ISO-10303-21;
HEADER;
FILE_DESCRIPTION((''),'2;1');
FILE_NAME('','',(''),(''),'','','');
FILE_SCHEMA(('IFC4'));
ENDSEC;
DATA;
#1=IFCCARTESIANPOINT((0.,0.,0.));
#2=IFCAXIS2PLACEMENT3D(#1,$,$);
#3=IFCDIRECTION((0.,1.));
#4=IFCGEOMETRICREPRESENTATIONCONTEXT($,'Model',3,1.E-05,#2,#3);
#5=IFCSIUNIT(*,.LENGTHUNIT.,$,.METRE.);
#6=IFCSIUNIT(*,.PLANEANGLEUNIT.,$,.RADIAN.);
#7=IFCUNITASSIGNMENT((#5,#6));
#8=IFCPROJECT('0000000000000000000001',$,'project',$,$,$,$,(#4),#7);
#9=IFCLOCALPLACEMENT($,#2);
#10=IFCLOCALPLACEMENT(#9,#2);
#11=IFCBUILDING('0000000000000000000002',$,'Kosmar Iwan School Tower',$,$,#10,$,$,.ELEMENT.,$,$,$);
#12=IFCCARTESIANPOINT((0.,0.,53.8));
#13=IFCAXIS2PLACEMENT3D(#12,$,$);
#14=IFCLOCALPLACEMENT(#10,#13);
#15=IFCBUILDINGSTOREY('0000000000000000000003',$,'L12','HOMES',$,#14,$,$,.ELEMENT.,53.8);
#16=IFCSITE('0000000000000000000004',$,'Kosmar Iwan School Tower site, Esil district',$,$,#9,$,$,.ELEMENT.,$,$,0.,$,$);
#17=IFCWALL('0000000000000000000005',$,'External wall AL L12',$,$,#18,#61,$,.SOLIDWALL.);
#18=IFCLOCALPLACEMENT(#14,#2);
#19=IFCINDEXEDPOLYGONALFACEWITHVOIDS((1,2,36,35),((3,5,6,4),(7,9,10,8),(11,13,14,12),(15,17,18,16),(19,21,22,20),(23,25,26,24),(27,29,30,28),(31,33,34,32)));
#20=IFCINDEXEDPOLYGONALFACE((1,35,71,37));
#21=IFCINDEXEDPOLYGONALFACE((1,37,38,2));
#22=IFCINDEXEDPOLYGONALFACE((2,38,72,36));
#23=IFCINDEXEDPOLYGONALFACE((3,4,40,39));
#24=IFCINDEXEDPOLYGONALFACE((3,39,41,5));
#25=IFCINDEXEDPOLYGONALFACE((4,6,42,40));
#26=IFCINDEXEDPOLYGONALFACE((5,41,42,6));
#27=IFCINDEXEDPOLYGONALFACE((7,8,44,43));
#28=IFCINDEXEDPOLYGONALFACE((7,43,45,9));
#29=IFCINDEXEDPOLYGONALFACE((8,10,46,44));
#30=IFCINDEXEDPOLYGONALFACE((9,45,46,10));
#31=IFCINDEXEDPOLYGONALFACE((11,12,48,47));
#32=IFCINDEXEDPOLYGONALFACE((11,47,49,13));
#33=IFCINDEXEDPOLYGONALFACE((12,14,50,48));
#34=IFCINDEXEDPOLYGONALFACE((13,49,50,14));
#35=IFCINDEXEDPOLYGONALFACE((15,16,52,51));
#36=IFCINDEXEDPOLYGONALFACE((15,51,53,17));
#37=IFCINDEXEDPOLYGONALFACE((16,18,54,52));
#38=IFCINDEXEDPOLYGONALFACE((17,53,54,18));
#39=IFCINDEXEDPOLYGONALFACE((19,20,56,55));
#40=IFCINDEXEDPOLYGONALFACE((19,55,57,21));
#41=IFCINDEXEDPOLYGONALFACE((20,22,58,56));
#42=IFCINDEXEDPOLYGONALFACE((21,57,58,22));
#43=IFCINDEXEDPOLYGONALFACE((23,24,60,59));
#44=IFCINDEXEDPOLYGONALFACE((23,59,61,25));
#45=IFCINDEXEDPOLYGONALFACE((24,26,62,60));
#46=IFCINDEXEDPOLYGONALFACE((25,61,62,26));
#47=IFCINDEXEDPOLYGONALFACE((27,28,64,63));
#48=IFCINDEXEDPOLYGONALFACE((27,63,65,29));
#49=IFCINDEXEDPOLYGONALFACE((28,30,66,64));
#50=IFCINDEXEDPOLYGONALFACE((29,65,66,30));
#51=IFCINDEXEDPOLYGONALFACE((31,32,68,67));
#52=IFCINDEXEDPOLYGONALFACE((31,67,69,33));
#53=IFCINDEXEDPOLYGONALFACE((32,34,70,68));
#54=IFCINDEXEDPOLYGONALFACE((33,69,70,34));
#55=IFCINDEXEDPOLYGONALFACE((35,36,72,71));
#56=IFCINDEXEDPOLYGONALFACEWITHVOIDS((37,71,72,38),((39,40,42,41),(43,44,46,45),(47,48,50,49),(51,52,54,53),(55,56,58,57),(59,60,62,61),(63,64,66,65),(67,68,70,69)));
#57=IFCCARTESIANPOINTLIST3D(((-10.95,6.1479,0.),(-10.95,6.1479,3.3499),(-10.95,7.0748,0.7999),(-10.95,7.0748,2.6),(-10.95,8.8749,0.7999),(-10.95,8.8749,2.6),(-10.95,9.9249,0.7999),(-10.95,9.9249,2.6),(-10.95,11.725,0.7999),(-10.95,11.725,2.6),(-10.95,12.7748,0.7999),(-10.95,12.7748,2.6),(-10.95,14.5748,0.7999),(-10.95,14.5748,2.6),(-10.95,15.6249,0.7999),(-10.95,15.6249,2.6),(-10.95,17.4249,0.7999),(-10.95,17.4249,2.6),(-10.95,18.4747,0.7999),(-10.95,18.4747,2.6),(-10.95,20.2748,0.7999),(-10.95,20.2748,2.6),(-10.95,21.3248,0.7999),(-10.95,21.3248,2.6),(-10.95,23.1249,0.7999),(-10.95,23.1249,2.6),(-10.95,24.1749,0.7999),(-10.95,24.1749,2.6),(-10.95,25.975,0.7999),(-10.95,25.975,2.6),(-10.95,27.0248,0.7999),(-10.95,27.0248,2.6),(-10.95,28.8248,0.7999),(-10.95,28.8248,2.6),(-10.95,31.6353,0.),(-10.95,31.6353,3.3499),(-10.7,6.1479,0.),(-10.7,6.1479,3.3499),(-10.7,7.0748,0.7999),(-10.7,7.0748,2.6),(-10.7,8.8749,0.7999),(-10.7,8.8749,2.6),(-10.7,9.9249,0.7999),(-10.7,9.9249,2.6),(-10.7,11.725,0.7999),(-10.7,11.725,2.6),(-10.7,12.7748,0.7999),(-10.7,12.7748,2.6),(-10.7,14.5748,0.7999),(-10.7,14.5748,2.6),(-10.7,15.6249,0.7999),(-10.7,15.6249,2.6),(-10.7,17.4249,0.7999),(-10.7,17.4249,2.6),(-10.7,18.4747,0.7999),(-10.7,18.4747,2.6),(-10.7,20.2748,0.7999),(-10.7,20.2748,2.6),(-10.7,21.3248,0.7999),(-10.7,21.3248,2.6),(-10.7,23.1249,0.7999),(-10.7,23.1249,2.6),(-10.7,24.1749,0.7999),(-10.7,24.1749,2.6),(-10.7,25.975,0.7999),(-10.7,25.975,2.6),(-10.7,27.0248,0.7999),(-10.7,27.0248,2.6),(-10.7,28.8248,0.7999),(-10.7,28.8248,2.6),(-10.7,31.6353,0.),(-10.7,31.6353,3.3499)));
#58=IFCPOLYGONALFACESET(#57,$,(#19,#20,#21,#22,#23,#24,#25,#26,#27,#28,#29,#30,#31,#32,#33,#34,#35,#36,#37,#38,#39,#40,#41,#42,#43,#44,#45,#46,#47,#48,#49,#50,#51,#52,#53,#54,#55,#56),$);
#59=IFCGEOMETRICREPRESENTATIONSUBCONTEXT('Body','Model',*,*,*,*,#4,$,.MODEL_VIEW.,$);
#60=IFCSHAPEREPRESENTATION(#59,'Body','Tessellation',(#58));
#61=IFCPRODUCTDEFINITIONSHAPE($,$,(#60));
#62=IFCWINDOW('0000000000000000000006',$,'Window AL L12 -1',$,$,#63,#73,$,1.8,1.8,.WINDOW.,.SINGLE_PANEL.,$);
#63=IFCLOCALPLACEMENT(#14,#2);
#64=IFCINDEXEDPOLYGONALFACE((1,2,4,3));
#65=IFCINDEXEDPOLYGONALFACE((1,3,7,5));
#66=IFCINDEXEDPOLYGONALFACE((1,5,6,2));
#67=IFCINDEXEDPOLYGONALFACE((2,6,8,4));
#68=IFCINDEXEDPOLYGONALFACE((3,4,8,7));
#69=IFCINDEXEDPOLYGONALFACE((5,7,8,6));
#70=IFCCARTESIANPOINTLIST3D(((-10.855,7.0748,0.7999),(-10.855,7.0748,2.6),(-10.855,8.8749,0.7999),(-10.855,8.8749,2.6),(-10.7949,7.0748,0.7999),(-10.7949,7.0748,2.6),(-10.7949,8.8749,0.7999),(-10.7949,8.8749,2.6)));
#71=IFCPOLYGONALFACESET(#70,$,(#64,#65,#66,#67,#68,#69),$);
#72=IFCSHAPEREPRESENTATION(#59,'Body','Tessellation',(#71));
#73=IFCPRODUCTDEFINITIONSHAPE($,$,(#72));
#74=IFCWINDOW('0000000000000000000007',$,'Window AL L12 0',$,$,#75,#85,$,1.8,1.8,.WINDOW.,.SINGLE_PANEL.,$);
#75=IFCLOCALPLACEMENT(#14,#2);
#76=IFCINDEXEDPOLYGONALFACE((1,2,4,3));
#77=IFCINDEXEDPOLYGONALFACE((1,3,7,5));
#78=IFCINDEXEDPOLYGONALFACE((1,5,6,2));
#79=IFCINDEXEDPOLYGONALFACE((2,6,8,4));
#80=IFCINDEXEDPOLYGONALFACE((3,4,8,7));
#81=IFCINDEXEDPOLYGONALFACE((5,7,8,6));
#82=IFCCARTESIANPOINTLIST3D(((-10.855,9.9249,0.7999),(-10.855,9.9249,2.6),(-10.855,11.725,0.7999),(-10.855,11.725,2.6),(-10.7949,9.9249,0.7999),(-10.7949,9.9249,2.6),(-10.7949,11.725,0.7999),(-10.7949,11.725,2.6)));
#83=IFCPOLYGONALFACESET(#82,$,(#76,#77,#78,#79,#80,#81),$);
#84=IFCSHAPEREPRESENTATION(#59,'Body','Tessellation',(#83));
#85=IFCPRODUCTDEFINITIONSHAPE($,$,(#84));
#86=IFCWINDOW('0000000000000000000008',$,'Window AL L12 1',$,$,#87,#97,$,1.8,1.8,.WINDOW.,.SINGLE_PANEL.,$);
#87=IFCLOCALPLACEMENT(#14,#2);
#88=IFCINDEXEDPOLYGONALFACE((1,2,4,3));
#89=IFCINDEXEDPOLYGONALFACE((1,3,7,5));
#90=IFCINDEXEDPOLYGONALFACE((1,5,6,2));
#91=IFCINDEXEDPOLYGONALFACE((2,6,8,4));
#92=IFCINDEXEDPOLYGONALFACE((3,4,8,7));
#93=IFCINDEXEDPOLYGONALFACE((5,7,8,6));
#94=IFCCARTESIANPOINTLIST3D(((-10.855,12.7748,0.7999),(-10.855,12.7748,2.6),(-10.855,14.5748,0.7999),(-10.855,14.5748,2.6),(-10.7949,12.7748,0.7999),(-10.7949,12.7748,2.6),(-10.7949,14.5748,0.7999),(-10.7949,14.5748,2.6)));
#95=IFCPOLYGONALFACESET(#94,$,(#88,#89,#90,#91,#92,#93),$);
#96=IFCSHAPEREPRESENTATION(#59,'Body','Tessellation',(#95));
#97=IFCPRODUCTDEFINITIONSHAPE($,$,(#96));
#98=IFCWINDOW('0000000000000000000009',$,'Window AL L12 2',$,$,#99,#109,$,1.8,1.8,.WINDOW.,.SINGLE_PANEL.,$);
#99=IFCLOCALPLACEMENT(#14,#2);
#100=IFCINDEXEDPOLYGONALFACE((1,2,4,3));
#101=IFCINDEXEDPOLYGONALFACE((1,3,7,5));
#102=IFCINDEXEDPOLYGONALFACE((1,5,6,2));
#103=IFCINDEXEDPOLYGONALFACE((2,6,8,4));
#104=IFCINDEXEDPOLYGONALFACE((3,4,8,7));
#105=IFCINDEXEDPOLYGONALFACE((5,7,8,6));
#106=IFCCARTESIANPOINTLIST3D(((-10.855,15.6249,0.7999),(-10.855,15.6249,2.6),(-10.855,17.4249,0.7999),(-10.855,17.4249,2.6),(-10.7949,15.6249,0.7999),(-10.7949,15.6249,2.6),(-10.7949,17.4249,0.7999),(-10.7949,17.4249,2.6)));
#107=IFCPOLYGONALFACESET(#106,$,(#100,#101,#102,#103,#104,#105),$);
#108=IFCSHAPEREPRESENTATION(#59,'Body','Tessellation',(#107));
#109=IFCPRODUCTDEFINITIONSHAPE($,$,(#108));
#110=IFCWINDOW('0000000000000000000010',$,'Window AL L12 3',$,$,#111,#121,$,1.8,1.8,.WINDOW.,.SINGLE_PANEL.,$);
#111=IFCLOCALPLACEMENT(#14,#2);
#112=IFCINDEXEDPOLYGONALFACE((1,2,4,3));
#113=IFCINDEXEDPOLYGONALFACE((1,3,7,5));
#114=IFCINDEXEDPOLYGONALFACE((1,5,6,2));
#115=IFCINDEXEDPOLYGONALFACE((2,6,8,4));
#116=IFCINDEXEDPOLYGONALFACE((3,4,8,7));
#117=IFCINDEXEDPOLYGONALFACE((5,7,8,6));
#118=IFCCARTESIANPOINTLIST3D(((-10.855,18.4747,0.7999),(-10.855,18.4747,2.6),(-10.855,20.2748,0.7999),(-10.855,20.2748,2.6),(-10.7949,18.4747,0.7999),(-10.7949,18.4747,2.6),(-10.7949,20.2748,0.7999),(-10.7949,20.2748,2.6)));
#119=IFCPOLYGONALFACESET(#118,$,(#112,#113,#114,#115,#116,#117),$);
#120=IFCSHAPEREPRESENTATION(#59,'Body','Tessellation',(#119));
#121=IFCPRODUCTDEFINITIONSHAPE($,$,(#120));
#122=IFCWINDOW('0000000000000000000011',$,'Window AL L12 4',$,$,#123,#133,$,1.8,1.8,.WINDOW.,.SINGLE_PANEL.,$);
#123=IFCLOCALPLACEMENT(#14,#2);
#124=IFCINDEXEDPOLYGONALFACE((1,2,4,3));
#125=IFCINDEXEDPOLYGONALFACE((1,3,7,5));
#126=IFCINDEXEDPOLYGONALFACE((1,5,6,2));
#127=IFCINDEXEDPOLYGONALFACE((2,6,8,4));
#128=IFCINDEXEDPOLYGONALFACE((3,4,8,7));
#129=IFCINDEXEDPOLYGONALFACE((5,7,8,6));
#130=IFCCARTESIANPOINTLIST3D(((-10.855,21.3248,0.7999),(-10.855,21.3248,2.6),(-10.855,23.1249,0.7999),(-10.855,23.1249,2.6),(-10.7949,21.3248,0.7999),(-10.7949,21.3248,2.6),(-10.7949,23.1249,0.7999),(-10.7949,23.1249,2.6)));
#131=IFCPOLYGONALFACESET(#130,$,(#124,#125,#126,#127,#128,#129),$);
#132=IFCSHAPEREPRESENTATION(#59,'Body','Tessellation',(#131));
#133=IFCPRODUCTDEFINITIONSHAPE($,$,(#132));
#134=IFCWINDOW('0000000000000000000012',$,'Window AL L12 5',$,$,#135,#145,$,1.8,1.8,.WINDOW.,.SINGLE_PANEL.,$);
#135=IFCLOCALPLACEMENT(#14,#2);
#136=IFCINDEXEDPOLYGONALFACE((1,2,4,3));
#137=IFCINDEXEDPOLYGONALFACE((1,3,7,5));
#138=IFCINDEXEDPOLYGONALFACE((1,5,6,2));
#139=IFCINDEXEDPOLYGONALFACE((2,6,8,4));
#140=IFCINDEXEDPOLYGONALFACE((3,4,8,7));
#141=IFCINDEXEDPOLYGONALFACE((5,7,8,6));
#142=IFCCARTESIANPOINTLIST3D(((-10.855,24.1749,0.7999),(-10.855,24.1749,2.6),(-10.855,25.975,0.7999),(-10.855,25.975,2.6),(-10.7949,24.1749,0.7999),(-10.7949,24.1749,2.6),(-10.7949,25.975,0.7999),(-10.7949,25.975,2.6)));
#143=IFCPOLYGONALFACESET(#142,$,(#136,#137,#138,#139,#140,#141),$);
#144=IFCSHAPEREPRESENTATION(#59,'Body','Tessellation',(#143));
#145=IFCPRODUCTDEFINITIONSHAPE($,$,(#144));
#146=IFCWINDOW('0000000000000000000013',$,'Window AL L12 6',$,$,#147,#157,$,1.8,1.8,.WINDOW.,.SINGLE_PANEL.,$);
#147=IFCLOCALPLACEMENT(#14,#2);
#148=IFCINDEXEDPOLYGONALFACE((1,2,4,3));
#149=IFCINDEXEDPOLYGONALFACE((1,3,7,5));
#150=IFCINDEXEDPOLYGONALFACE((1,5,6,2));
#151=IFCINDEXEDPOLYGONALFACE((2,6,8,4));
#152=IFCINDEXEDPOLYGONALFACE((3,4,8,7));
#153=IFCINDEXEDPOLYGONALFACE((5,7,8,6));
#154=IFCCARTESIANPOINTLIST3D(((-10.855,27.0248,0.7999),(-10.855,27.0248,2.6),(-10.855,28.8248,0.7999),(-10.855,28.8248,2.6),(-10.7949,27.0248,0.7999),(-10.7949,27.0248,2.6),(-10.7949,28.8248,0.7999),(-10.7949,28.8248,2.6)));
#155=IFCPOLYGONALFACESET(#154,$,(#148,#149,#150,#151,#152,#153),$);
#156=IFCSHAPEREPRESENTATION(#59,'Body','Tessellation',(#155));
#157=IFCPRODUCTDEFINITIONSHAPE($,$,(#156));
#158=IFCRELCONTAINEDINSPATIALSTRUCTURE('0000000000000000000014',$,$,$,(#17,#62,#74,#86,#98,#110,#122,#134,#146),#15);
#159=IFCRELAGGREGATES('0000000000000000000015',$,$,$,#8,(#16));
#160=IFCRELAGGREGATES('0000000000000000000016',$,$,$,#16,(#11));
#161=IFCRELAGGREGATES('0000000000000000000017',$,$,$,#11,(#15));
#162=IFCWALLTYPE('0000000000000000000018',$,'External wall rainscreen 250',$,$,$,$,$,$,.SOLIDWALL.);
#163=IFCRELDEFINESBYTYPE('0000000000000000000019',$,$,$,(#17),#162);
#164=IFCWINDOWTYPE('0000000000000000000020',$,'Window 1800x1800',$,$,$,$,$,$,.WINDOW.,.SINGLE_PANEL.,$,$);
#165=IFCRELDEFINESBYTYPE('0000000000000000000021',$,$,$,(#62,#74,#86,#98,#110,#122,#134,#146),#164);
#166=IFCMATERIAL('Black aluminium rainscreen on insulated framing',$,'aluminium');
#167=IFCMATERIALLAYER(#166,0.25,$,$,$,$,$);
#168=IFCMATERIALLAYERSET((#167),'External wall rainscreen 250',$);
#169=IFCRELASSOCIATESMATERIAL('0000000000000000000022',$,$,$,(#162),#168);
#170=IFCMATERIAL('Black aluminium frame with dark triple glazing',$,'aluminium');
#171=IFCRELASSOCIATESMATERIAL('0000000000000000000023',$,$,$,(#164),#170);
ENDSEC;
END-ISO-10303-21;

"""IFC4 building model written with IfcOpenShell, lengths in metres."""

from ifc_helpers import new_model, si_unit, direction, frame, frame_2d, origin, place, context, subcontext, project, spatial, rectangle, extrude, material, layer, layer_set, type_object, element, fill, save


model = new_model("IFC4")

# Units and contexts
model_context = context("Model", 3, precision=1e-05, world=origin(), true_north=direction((0.0, 1.0)))
body_context = subcontext(model_context, "Body", "Model", "MODEL_VIEW")
ifc_project = project(units=[si_unit("LENGTHUNIT", "METRE"), si_unit("PLANEANGLEUNIT", "RADIAN")], contexts=[model_context])

# Site, building, storey
site_placement = place(None, origin())
site = spatial("IfcSite", under=ifc_project, at=site_placement, Name="Kosmar Iwan School Tower site, Esil district", CompositionType="ELEMENT", RefElevation=0.0)
building_placement = place(site_placement, origin())
building = spatial("IfcBuilding", under=site, at=building_placement, Name="Kosmar Iwan School Tower", CompositionType="ELEMENT")
storey_placement = place(building_placement, frame((0.0, 0.0, 53.8)))
storey = spatial("IfcBuildingStorey", under=building, at=storey_placement, Name="L12", Description="HOMES", CompositionType="ELEMENT", Elevation=53.8)

# Wall, openings, windows
ifc_material_1 = material(Name="Black aluminium rainscreen on insulated framing", Category="aluminium")
ifc_layer = layer(ifc_material_1, 0.25)
ifc_layer_set = layer_set([ifc_layer], Name="External wall rainscreen 250")
wall_type = type_object("IfcWallType", Name="External wall rainscreen 250", PredefinedType="SOLIDWALL", material=ifc_layer_set)
wall_1_placement = place(storey_placement, frame((-10.825, 6.1479, 0.0), z_axis=(0.0, 0.0, 1.0), x_axis=(0.0, 1.0, 0.0)))
wall_1 = element("IfcWall", 1, at=wall_1_placement, inside=storey, type_object=wall_type, Name="External wall AL L12", PredefinedType="SOLIDWALL", context=body_context, shape_type="SweptSolid", body=[
    extrude(rectangle(XDim=25.4873, YDim=0.25, at=frame_2d((12.7437, 0.0))), origin(), (0.0, 0.0, 1.0), 3.3499),
])
opening_1_placement = place(wall_1_placement, frame((0.927, 0.0, 0.8)))
opening_1 = element("IfcOpeningElement", 2, at=opening_1_placement, cuts=wall_1, PredefinedType="OPENING", context=body_context, shape_type="SweptSolid", body=[
    extrude(rectangle(XDim=1.8, YDim=1.8, at=frame_2d((0.8999, 0.8999))), frame((0.0, 0.137, 0.0), z_axis=(0.0, -1.0, 0.0), x_axis=(1.0, 0.0, 0.0)), (0.0, 0.0, 1.0), 0.2739),
])
opening_2_placement = place(wall_1_placement, frame((3.7771, 0.0, 0.8)))
opening_2 = element("IfcOpeningElement", 3, at=opening_2_placement, cuts=wall_1, PredefinedType="OPENING", context=body_context, shape_type="SweptSolid", body=[
    extrude(rectangle(XDim=1.8, YDim=1.8, at=frame_2d((0.8999, 0.8999))), frame((0.0, 0.137, 0.0), z_axis=(0.0, -1.0, 0.0), x_axis=(1.0, 0.0, 0.0)), (0.0, 0.0, 1.0), 0.2739),
])
opening_3_placement = place(wall_1_placement, frame((6.627, 0.0, 0.8)))
opening_3 = element("IfcOpeningElement", 4, at=opening_3_placement, cuts=wall_1, PredefinedType="OPENING", context=body_context, shape_type="SweptSolid", body=[
    extrude(rectangle(XDim=1.8, YDim=1.8, at=frame_2d((0.8999, 0.8999))), frame((0.0, 0.137, 0.0), z_axis=(0.0, -1.0, 0.0), x_axis=(1.0, 0.0, 0.0)), (0.0, 0.0, 1.0), 0.2739),
])
opening_4_placement = place(wall_1_placement, frame((9.4771, 0.0, 0.8)))
opening_4 = element("IfcOpeningElement", 5, at=opening_4_placement, cuts=wall_1, PredefinedType="OPENING", context=body_context, shape_type="SweptSolid", body=[
    extrude(rectangle(XDim=1.8, YDim=1.8, at=frame_2d((0.8999, 0.8999))), frame((0.0, 0.137, 0.0), z_axis=(0.0, -1.0, 0.0), x_axis=(1.0, 0.0, 0.0)), (0.0, 0.0, 1.0), 0.2739),
])
opening_5_placement = place(wall_1_placement, frame((12.3269, 0.0, 0.8)))
opening_5 = element("IfcOpeningElement", 6, at=opening_5_placement, cuts=wall_1, PredefinedType="OPENING", context=body_context, shape_type="SweptSolid", body=[
    extrude(rectangle(XDim=1.8, YDim=1.8, at=frame_2d((0.8999, 0.8999))), frame((0.0, 0.137, 0.0), z_axis=(0.0, -1.0, 0.0), x_axis=(1.0, 0.0, 0.0)), (0.0, 0.0, 1.0), 0.2739),
])
opening_6_placement = place(wall_1_placement, frame((15.177, 0.0, 0.8)))
opening_6 = element("IfcOpeningElement", 7, at=opening_6_placement, cuts=wall_1, PredefinedType="OPENING", context=body_context, shape_type="SweptSolid", body=[
    extrude(rectangle(XDim=1.8, YDim=1.8, at=frame_2d((0.8999, 0.8999))), frame((0.0, 0.137, 0.0), z_axis=(0.0, -1.0, 0.0), x_axis=(1.0, 0.0, 0.0)), (0.0, 0.0, 1.0), 0.2739),
])
opening_7_placement = place(wall_1_placement, frame((18.0271, 0.0, 0.8)))
opening_7 = element("IfcOpeningElement", 8, at=opening_7_placement, cuts=wall_1, PredefinedType="OPENING", context=body_context, shape_type="SweptSolid", body=[
    extrude(rectangle(XDim=1.8, YDim=1.8, at=frame_2d((0.8999, 0.8999))), frame((0.0, 0.137, 0.0), z_axis=(0.0, -1.0, 0.0), x_axis=(1.0, 0.0, 0.0)), (0.0, 0.0, 1.0), 0.2739),
])
opening_8_placement = place(wall_1_placement, frame((20.877, 0.0, 0.8)))
opening_8 = element("IfcOpeningElement", 9, at=opening_8_placement, cuts=wall_1, PredefinedType="OPENING", context=body_context, shape_type="SweptSolid", body=[
    extrude(rectangle(XDim=1.8, YDim=1.8, at=frame_2d((0.8999, 0.8999))), frame((0.0, 0.137, 0.0), z_axis=(0.0, -1.0, 0.0), x_axis=(1.0, 0.0, 0.0)), (0.0, 0.0, 1.0), 0.2739),
])
ifc_material_2 = material(Name="Black aluminium frame with dark triple glazing", Category="aluminium")
window_type = type_object("IfcWindowType", Name="Window 1800x1800", PartitioningType="SINGLE_PANEL", PredefinedType="WINDOW", material=ifc_material_2)
window_1_placement = place(opening_1_placement, origin())
window_1 = element("IfcWindow", 10, at=window_1_placement, inside=storey, type_object=window_type, Name="Window AL L12 -1", OverallHeight=1.8, OverallWidth=1.8, PartitioningType="SINGLE_PANEL", PredefinedType="WINDOW", context=body_context, shape_type="SweptSolid", body=[
    extrude(rectangle(XDim=1.8, YDim=1.8, at=frame_2d((0.8999, 0.8999))), frame((0.0, 0.03, 0.0), z_axis=(0.0, -1.0, 0.0), x_axis=(1.0, 0.0, 0.0)), (0.0, 0.0, 1.0), 0.0601),
])
fill(opening_1, window_1)
window_2_placement = place(opening_2_placement, origin())
window_2 = element("IfcWindow", 11, at=window_2_placement, inside=storey, type_object=window_type, Name="Window AL L12 0", OverallHeight=1.8, OverallWidth=1.8, PartitioningType="SINGLE_PANEL", PredefinedType="WINDOW", context=body_context, shape_type="SweptSolid", body=[
    extrude(rectangle(XDim=1.8, YDim=1.8, at=frame_2d((0.8999, 0.8999))), frame((0.0, 0.03, 0.0), z_axis=(0.0, -1.0, 0.0), x_axis=(1.0, 0.0, 0.0)), (0.0, 0.0, 1.0), 0.0601),
])
fill(opening_2, window_2)
window_3_placement = place(opening_3_placement, origin())
window_3 = element("IfcWindow", 12, at=window_3_placement, inside=storey, type_object=window_type, Name="Window AL L12 1", OverallHeight=1.8, OverallWidth=1.8, PartitioningType="SINGLE_PANEL", PredefinedType="WINDOW", context=body_context, shape_type="SweptSolid", body=[
    extrude(rectangle(XDim=1.8, YDim=1.8, at=frame_2d((0.8999, 0.8999))), frame((0.0, 0.03, 0.0), z_axis=(0.0, -1.0, 0.0), x_axis=(1.0, 0.0, 0.0)), (0.0, 0.0, 1.0), 0.0601),
])
fill(opening_3, window_3)
window_4_placement = place(opening_4_placement, origin())
window_4 = element("IfcWindow", 13, at=window_4_placement, inside=storey, type_object=window_type, Name="Window AL L12 2", OverallHeight=1.8, OverallWidth=1.8, PartitioningType="SINGLE_PANEL", PredefinedType="WINDOW", context=body_context, shape_type="SweptSolid", body=[
    extrude(rectangle(XDim=1.8, YDim=1.8, at=frame_2d((0.8999, 0.8999))), frame((0.0, 0.03, 0.0), z_axis=(0.0, -1.0, 0.0), x_axis=(1.0, 0.0, 0.0)), (0.0, 0.0, 1.0), 0.0601),
])
fill(opening_4, window_4)
window_5_placement = place(opening_5_placement, origin())
window_5 = element("IfcWindow", 14, at=window_5_placement, inside=storey, type_object=window_type, Name="Window AL L12 3", OverallHeight=1.8, OverallWidth=1.8, PartitioningType="SINGLE_PANEL", PredefinedType="WINDOW", context=body_context, shape_type="SweptSolid", body=[
    extrude(rectangle(XDim=1.8, YDim=1.8, at=frame_2d((0.8999, 0.8999))), frame((0.0, 0.03, 0.0), z_axis=(0.0, -1.0, 0.0), x_axis=(1.0, 0.0, 0.0)), (0.0, 0.0, 1.0), 0.0601),
])
fill(opening_5, window_5)
window_6_placement = place(opening_6_placement, origin())
window_6 = element("IfcWindow", 15, at=window_6_placement, inside=storey, type_object=window_type, Name="Window AL L12 4", OverallHeight=1.8, OverallWidth=1.8, PartitioningType="SINGLE_PANEL", PredefinedType="WINDOW", context=body_context, shape_type="SweptSolid", body=[
    extrude(rectangle(XDim=1.8, YDim=1.8, at=frame_2d((0.8999, 0.8999))), frame((0.0, 0.03, 0.0), z_axis=(0.0, -1.0, 0.0), x_axis=(1.0, 0.0, 0.0)), (0.0, 0.0, 1.0), 0.0601),
])
fill(opening_6, window_6)
window_7_placement = place(opening_7_placement, origin())
window_7 = element("IfcWindow", 16, at=window_7_placement, inside=storey, type_object=window_type, Name="Window AL L12 5", OverallHeight=1.8, OverallWidth=1.8, PartitioningType="SINGLE_PANEL", PredefinedType="WINDOW", context=body_context, shape_type="SweptSolid", body=[
    extrude(rectangle(XDim=1.8, YDim=1.8, at=frame_2d((0.8999, 0.8999))), frame((0.0, 0.03, 0.0), z_axis=(0.0, -1.0, 0.0), x_axis=(1.0, 0.0, 0.0)), (0.0, 0.0, 1.0), 0.0601),
])
fill(opening_7, window_7)
window_8_placement = place(opening_8_placement, origin())
window_8 = element("IfcWindow", 17, at=window_8_placement, inside=storey, type_object=window_type, Name="Window AL L12 6", OverallHeight=1.8, OverallWidth=1.8, PartitioningType="SINGLE_PANEL", PredefinedType="WINDOW", context=body_context, shape_type="SweptSolid", body=[
    extrude(rectangle(XDim=1.8, YDim=1.8, at=frame_2d((0.8999, 0.8999))), frame((0.0, 0.03, 0.0), z_axis=(0.0, -1.0, 0.0), x_axis=(1.0, 0.0, 0.0)), (0.0, 0.0, 1.0), 0.0601),
])
fill(opening_8, window_8)

save(model, "model.ifc")
